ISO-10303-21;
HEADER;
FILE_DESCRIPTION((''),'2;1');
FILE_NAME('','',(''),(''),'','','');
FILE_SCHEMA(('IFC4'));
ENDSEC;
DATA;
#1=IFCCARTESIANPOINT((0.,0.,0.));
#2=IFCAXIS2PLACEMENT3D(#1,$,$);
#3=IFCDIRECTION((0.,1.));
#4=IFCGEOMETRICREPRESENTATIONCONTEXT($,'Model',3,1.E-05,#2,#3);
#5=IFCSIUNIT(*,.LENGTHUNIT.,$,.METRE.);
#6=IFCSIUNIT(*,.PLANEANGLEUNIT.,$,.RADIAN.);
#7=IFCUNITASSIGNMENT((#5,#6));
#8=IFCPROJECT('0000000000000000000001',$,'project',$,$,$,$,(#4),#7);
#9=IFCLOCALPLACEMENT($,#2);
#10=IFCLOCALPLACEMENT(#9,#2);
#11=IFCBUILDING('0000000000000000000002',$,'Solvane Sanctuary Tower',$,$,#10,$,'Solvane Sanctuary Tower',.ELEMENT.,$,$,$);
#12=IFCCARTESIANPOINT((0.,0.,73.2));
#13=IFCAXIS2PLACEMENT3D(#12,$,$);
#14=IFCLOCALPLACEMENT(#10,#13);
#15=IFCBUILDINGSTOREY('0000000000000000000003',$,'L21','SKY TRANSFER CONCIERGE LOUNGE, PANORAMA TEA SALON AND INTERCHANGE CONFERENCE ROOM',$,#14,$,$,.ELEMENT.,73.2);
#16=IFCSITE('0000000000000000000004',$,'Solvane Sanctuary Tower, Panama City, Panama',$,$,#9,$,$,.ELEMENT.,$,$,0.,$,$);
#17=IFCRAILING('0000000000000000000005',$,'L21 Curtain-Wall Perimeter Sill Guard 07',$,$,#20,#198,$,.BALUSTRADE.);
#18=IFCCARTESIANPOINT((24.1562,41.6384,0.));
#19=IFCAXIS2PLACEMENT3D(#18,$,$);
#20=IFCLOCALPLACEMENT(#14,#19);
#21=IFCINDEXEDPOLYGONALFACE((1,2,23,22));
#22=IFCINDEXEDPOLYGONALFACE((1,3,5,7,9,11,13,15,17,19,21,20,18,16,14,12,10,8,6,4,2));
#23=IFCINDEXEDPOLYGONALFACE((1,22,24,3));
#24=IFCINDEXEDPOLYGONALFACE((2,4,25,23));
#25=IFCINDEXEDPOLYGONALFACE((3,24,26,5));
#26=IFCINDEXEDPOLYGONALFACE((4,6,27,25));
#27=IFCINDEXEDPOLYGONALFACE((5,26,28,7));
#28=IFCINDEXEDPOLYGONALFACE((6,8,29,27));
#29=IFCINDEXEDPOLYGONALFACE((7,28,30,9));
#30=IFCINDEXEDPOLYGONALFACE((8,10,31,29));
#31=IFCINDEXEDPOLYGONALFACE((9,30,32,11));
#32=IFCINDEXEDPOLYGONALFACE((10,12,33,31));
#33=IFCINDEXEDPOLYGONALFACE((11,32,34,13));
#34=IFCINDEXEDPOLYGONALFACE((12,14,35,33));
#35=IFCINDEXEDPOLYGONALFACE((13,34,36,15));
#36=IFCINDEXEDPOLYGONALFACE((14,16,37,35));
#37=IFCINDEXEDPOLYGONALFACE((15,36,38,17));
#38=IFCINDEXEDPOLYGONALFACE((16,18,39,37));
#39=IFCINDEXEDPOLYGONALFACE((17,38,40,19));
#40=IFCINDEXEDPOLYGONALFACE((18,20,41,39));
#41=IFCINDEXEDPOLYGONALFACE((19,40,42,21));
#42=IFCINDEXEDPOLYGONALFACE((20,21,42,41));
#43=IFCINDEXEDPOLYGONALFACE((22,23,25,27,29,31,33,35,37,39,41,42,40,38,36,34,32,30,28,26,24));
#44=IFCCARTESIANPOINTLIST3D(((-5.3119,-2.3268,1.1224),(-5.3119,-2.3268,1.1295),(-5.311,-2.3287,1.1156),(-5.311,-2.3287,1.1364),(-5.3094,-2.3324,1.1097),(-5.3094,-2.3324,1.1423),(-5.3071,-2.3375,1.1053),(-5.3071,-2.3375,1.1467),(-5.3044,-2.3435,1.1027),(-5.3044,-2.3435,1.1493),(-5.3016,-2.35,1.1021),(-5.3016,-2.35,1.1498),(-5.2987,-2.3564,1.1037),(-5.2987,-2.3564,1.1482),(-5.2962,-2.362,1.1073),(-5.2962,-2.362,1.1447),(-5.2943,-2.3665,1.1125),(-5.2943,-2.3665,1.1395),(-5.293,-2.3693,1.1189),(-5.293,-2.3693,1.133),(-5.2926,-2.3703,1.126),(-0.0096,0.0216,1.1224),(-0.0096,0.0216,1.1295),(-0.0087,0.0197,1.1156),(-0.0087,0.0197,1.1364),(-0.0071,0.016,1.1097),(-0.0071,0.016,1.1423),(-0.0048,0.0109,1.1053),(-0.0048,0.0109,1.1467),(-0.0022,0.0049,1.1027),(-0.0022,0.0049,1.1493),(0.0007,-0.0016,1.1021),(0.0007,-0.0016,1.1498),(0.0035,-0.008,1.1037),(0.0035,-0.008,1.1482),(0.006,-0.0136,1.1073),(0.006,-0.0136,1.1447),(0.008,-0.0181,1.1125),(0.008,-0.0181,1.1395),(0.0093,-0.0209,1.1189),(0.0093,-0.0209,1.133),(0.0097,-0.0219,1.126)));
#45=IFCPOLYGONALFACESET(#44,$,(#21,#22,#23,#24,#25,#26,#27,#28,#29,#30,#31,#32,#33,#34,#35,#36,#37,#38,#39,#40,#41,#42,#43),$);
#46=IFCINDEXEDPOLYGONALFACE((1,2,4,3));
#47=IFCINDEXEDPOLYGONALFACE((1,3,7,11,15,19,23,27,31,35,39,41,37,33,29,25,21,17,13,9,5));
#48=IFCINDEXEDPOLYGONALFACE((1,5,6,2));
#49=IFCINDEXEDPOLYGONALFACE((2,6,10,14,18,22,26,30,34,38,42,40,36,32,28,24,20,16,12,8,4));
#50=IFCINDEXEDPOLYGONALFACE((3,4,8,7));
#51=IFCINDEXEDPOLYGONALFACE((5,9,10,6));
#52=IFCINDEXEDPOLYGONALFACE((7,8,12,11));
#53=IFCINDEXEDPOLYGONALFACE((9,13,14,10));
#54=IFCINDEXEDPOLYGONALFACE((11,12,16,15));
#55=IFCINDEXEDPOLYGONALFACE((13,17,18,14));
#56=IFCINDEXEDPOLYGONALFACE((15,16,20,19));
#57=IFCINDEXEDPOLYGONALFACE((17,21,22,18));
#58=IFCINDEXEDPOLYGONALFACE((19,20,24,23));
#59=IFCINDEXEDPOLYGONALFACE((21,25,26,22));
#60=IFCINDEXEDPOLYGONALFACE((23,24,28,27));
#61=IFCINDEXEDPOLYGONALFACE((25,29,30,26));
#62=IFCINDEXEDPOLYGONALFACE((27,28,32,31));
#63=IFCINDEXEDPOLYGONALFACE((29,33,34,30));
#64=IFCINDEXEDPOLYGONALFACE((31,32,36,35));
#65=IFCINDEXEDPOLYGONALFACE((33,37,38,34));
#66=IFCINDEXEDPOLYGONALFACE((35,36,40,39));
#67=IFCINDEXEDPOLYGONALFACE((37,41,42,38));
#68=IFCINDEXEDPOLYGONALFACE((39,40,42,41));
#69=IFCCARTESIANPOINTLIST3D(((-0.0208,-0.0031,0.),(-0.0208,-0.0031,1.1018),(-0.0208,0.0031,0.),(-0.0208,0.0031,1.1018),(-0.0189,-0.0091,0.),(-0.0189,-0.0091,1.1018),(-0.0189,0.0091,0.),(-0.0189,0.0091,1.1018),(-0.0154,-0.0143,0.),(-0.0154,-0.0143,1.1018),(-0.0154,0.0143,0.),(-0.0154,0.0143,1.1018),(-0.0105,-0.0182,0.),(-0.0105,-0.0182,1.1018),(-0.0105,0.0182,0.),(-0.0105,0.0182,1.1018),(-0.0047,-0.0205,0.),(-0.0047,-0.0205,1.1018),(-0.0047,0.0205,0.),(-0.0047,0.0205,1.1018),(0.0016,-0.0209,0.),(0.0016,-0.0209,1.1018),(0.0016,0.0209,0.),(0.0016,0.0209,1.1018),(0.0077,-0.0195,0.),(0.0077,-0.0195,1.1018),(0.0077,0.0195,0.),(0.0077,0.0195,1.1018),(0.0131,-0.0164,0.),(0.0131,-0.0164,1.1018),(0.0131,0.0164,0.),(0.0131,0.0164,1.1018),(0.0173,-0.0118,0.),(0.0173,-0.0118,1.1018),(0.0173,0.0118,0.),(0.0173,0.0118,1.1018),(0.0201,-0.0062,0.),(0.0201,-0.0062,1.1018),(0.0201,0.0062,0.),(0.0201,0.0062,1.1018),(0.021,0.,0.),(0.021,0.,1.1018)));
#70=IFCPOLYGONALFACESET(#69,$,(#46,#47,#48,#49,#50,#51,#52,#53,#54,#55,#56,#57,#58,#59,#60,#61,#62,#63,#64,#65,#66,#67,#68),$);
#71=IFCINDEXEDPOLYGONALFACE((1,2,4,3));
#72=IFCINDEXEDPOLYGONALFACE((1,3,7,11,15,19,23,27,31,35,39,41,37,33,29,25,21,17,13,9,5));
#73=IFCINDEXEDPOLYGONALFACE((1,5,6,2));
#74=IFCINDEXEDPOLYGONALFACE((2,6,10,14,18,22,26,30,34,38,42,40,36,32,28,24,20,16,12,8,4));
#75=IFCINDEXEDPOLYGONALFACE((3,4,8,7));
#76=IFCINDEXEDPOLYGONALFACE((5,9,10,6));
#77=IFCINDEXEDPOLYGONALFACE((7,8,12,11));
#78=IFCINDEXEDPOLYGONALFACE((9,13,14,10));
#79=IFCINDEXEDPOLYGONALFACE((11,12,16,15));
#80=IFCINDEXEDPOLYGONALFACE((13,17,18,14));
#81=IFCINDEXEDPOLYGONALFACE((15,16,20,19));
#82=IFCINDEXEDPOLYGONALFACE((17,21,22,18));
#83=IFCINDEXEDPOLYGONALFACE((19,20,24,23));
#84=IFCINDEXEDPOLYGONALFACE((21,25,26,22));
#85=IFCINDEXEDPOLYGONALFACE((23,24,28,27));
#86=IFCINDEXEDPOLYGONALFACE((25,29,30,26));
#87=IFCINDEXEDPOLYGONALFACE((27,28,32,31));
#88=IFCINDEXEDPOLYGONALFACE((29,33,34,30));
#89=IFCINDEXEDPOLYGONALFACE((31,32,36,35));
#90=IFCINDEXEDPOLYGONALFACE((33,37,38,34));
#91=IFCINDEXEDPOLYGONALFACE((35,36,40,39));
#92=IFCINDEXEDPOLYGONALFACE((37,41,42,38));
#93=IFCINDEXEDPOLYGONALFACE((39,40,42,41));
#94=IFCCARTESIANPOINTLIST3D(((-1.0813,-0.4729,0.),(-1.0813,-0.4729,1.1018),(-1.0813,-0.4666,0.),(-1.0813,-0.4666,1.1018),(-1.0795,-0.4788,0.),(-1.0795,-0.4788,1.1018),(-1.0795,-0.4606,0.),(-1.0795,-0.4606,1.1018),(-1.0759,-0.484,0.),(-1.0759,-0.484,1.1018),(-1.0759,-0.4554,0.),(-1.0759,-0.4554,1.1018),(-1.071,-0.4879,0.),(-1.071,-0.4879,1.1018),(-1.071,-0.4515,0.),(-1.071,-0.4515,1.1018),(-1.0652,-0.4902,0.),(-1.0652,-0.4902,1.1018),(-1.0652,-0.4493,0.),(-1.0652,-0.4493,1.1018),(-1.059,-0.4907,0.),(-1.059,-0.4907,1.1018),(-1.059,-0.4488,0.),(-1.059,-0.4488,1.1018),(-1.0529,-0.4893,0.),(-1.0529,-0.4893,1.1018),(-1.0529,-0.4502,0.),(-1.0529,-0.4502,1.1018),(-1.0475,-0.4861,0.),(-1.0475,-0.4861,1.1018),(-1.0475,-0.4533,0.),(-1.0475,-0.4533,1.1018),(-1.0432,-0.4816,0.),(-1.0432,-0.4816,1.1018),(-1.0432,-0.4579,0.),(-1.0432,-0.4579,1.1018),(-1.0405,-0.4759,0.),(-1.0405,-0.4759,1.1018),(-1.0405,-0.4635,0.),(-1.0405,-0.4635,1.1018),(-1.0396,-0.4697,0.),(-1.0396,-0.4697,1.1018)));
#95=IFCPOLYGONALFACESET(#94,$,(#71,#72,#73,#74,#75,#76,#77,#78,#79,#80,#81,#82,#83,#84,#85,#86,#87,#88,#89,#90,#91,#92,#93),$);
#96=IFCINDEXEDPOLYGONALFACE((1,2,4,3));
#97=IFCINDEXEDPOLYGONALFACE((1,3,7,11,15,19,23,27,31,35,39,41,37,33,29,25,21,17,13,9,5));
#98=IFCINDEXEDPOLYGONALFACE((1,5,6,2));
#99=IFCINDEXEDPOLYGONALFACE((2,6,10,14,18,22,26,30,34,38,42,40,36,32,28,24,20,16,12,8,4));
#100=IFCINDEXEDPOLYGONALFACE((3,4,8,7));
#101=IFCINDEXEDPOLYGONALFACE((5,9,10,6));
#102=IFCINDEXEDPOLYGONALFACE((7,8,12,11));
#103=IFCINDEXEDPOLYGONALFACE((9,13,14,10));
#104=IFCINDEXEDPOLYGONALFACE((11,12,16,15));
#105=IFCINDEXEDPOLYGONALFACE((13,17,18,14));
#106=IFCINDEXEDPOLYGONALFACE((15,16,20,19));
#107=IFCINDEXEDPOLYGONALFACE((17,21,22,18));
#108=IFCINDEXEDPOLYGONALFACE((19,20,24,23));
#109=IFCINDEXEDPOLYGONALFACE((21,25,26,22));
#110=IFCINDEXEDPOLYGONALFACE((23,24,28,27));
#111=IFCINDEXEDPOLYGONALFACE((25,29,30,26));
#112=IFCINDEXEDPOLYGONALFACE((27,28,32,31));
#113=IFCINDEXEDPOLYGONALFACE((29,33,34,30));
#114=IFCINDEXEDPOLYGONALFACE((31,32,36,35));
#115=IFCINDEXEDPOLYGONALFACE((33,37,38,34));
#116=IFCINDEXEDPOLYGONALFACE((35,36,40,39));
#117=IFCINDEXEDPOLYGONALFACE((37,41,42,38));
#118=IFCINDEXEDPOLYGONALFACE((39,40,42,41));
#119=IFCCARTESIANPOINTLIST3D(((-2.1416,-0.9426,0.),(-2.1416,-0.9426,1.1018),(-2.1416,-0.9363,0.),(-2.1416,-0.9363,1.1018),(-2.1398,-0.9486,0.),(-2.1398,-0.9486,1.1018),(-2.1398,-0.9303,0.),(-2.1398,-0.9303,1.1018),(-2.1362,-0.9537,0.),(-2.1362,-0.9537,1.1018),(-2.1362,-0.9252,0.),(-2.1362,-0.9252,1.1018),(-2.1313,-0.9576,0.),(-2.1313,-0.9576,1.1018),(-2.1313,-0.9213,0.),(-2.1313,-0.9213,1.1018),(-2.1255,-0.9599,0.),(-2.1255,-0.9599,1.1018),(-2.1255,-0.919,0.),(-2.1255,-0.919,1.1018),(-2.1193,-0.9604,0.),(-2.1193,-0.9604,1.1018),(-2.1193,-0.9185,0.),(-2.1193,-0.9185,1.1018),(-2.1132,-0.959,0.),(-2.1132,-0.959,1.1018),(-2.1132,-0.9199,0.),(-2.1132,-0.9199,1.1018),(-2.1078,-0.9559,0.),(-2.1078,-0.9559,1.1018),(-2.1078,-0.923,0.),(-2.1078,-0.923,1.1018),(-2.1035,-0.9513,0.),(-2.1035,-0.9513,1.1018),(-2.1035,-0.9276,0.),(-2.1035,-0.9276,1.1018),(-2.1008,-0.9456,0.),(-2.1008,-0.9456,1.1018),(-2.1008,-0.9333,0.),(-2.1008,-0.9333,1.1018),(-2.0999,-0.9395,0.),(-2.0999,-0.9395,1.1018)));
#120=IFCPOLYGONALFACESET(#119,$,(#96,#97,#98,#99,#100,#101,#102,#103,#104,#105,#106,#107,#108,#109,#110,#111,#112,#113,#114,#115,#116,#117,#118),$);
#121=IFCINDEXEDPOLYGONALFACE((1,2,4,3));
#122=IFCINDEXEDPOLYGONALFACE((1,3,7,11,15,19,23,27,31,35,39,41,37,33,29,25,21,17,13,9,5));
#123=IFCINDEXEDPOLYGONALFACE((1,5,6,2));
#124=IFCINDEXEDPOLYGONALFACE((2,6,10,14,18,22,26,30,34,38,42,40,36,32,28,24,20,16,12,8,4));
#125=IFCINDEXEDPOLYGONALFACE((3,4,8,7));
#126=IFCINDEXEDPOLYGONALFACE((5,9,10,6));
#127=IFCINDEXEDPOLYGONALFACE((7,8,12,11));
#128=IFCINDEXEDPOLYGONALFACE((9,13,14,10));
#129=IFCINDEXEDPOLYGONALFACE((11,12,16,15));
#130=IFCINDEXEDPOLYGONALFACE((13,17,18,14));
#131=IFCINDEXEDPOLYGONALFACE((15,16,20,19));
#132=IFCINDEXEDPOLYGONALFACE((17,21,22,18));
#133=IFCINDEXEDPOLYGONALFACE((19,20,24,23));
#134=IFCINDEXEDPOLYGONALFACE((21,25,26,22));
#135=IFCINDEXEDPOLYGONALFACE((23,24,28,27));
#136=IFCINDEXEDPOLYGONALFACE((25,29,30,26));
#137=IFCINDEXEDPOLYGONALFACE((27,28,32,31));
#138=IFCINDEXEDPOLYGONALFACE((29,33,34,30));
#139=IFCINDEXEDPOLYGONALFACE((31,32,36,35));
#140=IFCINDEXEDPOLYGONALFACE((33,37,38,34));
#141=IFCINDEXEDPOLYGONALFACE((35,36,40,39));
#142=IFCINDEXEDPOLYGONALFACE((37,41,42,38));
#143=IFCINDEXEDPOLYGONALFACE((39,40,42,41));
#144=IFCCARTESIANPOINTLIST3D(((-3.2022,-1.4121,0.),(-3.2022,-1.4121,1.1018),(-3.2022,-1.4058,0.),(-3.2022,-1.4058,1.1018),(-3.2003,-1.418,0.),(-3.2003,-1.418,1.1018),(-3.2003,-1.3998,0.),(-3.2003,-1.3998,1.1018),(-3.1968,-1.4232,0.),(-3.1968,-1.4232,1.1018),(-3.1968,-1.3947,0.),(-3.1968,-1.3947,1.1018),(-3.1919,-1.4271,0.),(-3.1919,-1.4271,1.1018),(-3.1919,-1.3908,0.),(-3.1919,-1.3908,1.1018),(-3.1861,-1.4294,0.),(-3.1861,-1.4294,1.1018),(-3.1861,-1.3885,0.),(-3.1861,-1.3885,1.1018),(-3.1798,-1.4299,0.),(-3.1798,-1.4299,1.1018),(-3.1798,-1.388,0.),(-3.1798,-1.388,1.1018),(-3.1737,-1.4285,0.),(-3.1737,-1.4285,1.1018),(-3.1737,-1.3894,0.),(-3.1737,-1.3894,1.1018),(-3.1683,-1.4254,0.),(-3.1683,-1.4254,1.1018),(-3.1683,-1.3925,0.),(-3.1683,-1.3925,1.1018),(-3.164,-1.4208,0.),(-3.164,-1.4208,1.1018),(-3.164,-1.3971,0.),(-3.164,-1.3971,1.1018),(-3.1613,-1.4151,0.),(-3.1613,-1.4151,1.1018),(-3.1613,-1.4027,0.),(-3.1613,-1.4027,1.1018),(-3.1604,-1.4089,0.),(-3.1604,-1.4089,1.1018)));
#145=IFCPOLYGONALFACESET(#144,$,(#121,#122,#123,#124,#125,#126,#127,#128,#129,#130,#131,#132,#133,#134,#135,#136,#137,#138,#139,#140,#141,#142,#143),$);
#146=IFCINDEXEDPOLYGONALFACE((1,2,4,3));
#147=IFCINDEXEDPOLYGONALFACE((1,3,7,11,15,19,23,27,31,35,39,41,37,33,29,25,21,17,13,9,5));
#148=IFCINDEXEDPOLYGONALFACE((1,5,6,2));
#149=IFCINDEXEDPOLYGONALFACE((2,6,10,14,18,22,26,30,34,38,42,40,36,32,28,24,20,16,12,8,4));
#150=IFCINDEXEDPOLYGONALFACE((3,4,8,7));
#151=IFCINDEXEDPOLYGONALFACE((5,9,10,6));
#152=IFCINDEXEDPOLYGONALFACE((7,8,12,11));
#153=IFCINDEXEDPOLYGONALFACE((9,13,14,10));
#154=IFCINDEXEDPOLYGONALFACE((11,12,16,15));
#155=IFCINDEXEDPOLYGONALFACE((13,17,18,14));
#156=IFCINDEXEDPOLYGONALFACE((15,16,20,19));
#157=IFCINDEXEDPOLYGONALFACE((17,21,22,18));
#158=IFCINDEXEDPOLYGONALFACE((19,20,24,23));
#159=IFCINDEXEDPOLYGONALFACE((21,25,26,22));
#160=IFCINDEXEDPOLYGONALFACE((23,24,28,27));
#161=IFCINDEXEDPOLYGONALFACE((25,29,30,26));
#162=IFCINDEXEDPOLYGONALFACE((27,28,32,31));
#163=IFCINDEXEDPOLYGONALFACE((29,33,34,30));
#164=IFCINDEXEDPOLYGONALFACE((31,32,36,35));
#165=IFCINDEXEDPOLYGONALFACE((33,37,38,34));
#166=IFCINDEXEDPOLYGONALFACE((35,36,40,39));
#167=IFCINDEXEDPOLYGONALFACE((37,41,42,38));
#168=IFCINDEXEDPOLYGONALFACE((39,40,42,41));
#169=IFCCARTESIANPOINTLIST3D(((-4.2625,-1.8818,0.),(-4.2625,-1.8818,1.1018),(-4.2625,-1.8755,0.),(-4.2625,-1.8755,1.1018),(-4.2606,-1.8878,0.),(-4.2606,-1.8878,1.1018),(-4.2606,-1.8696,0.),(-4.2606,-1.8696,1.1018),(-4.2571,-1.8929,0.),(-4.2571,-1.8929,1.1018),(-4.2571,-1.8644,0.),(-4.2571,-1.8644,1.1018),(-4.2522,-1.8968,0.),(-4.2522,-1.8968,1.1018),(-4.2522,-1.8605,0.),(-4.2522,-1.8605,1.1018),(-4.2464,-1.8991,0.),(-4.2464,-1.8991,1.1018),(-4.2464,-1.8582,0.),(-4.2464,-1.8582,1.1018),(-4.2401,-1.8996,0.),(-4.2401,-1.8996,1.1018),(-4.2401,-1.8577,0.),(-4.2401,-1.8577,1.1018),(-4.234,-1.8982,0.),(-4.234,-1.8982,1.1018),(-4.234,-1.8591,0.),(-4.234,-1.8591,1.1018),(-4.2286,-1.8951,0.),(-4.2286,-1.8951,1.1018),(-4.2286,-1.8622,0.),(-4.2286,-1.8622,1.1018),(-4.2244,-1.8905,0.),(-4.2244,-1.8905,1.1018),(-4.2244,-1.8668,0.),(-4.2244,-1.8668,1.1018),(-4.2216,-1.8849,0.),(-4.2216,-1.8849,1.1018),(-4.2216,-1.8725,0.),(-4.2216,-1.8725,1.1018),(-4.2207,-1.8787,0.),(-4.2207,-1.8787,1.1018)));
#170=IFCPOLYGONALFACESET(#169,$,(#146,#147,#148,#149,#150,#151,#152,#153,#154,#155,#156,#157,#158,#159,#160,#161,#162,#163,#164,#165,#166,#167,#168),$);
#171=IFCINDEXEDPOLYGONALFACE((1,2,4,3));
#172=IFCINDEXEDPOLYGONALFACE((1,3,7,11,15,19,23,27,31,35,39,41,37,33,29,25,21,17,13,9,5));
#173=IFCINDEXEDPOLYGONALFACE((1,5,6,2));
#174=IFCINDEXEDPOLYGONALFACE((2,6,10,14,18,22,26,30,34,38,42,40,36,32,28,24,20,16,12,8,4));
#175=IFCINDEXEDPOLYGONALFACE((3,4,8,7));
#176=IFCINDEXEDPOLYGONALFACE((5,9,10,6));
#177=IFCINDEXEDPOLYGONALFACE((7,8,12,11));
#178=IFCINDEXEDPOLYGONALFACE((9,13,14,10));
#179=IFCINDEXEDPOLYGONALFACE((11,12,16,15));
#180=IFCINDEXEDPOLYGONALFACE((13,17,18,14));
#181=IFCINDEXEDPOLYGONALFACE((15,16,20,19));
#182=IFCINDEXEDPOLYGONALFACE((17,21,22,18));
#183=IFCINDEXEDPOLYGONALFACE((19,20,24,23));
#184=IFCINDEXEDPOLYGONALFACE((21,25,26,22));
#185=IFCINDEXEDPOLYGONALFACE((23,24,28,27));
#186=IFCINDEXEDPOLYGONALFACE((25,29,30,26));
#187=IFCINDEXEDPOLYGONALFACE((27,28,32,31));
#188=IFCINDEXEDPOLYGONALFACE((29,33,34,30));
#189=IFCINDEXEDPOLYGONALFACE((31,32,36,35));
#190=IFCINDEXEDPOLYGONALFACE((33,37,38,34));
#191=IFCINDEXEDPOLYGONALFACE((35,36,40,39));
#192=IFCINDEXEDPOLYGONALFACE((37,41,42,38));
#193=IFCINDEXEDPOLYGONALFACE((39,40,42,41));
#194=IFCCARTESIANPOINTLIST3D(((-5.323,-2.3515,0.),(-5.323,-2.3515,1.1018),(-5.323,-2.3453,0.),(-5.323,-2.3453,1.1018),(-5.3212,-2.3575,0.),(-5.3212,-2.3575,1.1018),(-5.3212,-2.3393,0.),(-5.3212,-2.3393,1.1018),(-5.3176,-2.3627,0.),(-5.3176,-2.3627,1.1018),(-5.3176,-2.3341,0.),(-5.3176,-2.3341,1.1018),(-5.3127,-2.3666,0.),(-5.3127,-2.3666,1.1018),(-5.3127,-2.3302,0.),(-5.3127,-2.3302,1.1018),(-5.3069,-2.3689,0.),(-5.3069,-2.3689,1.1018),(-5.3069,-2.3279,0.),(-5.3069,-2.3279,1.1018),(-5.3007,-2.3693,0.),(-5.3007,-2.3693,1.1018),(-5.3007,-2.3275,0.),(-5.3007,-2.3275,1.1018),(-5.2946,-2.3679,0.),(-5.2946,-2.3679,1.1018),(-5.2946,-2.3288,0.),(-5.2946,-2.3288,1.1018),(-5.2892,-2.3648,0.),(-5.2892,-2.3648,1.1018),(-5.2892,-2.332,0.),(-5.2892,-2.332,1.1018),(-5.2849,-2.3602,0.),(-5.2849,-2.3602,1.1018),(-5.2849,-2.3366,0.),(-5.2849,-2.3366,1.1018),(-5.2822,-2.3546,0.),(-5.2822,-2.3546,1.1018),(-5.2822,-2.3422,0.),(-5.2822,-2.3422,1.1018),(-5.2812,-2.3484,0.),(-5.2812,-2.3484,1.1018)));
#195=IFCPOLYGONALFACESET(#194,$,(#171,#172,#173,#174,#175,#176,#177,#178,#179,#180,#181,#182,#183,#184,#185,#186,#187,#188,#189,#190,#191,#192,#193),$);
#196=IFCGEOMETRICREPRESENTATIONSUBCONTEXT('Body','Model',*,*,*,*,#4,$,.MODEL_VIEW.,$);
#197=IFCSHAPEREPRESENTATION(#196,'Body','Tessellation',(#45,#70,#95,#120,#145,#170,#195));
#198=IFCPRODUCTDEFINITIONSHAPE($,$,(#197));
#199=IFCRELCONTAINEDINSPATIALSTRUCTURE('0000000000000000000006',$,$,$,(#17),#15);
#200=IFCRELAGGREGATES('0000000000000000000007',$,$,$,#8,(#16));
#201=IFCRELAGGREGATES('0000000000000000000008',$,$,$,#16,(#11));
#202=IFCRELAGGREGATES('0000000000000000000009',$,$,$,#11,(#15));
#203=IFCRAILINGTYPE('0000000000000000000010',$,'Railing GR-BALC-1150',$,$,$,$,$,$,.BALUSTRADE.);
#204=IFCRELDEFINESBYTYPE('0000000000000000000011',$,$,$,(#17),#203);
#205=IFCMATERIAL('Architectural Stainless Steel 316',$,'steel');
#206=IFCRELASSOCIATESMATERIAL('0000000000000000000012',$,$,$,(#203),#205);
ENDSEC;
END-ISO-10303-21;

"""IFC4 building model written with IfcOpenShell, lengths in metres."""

from ifc_helpers import new_model, si_unit, direction, frame, origin, origin_2d, place, context, subcontext, project, spatial, circle, extrude, material, type_object, element, save


model = new_model("IFC4")

# Units and contexts
model_context = context("Model", 3, precision=1e-05, world=origin(), true_north=direction((0.0, 1.0)))
body_context = subcontext(model_context, "Body", "Model", "MODEL_VIEW")
ifc_project = project(units=[si_unit("LENGTHUNIT", "METRE"), si_unit("PLANEANGLEUNIT", "RADIAN")], contexts=[model_context])

# Site, building, storey
site_placement = place(None, origin())
site = spatial("IfcSite", under=ifc_project, at=site_placement, Name="Solvane Sanctuary Tower, Panama City, Panama", CompositionType="ELEMENT", RefElevation=0.0)
building_placement = place(site_placement, origin())
building = spatial("IfcBuilding", under=site, at=building_placement, Name="Solvane Sanctuary Tower", LongName="Solvane Sanctuary Tower", CompositionType="ELEMENT")
storey_placement = place(building_placement, frame((0.0, 0.0, 73.2)))
storey = spatial("IfcBuildingStorey", under=building, at=storey_placement, Name="L21", Description="SKY TRANSFER CONCIERGE LOUNGE, PANORAMA TEA SALON AND INTERCHANGE CONFERENCE ROOM", CompositionType="ELEMENT", Elevation=73.2)

# Shared definitions
ifc_material_1 = material(Name="Architectural Stainless Steel 316", Category="steel")

# Railing
railing_type = type_object("IfcRailingType", Name="Railing GR-BALC-1150", PredefinedType="BALUSTRADE", material=ifc_material_1)
railing_placement = place(storey_placement, frame((24.1562, 41.6384, 0.0)))
element("IfcRailing", 1, at=railing_placement, inside=storey, type_object=railing_type, Name="L21 Curtain-Wall Perimeter Sill Guard 07", PredefinedType="BALUSTRADE", context=body_context, shape_type="SweptSolid", body=[
    extrude(circle(Radius=0.0239, at=origin_2d()), frame((0.0, 0.0, 1.126), z_axis=(-0.914333, -0.404962, 0.0), x_axis=(0.404962, -0.914333, 0.0)), (0.0, 0.0, 1.0), 5.7991),
    extrude(circle(Radius=0.021, at=origin_2d()), origin(), (0.0, 0.0, 1.0), 1.1018),
    extrude(circle(Radius=0.021, at=origin_2d()), frame((-1.0605, -0.4697, 0.0)), (0.0, 0.0, 1.0), 1.1018),
    extrude(circle(Radius=0.021, at=origin_2d()), frame((-2.1208, -0.9395, 0.0)), (0.0, 0.0, 1.0), 1.1018),
    extrude(circle(Radius=0.021, at=origin_2d()), frame((-3.1814, -1.4089, 0.0)), (0.0, 0.0, 1.0), 1.1018),
    extrude(circle(Radius=0.021, at=origin_2d()), frame((-4.2417, -1.8787, 0.0)), (0.0, 0.0, 1.0), 1.1018),
    extrude(circle(Radius=0.021, at=origin_2d()), frame((-5.3022, -2.3484, 0.0)), (0.0, 0.0, 1.0), 1.1018),
])

save(model, "model.ifc")
